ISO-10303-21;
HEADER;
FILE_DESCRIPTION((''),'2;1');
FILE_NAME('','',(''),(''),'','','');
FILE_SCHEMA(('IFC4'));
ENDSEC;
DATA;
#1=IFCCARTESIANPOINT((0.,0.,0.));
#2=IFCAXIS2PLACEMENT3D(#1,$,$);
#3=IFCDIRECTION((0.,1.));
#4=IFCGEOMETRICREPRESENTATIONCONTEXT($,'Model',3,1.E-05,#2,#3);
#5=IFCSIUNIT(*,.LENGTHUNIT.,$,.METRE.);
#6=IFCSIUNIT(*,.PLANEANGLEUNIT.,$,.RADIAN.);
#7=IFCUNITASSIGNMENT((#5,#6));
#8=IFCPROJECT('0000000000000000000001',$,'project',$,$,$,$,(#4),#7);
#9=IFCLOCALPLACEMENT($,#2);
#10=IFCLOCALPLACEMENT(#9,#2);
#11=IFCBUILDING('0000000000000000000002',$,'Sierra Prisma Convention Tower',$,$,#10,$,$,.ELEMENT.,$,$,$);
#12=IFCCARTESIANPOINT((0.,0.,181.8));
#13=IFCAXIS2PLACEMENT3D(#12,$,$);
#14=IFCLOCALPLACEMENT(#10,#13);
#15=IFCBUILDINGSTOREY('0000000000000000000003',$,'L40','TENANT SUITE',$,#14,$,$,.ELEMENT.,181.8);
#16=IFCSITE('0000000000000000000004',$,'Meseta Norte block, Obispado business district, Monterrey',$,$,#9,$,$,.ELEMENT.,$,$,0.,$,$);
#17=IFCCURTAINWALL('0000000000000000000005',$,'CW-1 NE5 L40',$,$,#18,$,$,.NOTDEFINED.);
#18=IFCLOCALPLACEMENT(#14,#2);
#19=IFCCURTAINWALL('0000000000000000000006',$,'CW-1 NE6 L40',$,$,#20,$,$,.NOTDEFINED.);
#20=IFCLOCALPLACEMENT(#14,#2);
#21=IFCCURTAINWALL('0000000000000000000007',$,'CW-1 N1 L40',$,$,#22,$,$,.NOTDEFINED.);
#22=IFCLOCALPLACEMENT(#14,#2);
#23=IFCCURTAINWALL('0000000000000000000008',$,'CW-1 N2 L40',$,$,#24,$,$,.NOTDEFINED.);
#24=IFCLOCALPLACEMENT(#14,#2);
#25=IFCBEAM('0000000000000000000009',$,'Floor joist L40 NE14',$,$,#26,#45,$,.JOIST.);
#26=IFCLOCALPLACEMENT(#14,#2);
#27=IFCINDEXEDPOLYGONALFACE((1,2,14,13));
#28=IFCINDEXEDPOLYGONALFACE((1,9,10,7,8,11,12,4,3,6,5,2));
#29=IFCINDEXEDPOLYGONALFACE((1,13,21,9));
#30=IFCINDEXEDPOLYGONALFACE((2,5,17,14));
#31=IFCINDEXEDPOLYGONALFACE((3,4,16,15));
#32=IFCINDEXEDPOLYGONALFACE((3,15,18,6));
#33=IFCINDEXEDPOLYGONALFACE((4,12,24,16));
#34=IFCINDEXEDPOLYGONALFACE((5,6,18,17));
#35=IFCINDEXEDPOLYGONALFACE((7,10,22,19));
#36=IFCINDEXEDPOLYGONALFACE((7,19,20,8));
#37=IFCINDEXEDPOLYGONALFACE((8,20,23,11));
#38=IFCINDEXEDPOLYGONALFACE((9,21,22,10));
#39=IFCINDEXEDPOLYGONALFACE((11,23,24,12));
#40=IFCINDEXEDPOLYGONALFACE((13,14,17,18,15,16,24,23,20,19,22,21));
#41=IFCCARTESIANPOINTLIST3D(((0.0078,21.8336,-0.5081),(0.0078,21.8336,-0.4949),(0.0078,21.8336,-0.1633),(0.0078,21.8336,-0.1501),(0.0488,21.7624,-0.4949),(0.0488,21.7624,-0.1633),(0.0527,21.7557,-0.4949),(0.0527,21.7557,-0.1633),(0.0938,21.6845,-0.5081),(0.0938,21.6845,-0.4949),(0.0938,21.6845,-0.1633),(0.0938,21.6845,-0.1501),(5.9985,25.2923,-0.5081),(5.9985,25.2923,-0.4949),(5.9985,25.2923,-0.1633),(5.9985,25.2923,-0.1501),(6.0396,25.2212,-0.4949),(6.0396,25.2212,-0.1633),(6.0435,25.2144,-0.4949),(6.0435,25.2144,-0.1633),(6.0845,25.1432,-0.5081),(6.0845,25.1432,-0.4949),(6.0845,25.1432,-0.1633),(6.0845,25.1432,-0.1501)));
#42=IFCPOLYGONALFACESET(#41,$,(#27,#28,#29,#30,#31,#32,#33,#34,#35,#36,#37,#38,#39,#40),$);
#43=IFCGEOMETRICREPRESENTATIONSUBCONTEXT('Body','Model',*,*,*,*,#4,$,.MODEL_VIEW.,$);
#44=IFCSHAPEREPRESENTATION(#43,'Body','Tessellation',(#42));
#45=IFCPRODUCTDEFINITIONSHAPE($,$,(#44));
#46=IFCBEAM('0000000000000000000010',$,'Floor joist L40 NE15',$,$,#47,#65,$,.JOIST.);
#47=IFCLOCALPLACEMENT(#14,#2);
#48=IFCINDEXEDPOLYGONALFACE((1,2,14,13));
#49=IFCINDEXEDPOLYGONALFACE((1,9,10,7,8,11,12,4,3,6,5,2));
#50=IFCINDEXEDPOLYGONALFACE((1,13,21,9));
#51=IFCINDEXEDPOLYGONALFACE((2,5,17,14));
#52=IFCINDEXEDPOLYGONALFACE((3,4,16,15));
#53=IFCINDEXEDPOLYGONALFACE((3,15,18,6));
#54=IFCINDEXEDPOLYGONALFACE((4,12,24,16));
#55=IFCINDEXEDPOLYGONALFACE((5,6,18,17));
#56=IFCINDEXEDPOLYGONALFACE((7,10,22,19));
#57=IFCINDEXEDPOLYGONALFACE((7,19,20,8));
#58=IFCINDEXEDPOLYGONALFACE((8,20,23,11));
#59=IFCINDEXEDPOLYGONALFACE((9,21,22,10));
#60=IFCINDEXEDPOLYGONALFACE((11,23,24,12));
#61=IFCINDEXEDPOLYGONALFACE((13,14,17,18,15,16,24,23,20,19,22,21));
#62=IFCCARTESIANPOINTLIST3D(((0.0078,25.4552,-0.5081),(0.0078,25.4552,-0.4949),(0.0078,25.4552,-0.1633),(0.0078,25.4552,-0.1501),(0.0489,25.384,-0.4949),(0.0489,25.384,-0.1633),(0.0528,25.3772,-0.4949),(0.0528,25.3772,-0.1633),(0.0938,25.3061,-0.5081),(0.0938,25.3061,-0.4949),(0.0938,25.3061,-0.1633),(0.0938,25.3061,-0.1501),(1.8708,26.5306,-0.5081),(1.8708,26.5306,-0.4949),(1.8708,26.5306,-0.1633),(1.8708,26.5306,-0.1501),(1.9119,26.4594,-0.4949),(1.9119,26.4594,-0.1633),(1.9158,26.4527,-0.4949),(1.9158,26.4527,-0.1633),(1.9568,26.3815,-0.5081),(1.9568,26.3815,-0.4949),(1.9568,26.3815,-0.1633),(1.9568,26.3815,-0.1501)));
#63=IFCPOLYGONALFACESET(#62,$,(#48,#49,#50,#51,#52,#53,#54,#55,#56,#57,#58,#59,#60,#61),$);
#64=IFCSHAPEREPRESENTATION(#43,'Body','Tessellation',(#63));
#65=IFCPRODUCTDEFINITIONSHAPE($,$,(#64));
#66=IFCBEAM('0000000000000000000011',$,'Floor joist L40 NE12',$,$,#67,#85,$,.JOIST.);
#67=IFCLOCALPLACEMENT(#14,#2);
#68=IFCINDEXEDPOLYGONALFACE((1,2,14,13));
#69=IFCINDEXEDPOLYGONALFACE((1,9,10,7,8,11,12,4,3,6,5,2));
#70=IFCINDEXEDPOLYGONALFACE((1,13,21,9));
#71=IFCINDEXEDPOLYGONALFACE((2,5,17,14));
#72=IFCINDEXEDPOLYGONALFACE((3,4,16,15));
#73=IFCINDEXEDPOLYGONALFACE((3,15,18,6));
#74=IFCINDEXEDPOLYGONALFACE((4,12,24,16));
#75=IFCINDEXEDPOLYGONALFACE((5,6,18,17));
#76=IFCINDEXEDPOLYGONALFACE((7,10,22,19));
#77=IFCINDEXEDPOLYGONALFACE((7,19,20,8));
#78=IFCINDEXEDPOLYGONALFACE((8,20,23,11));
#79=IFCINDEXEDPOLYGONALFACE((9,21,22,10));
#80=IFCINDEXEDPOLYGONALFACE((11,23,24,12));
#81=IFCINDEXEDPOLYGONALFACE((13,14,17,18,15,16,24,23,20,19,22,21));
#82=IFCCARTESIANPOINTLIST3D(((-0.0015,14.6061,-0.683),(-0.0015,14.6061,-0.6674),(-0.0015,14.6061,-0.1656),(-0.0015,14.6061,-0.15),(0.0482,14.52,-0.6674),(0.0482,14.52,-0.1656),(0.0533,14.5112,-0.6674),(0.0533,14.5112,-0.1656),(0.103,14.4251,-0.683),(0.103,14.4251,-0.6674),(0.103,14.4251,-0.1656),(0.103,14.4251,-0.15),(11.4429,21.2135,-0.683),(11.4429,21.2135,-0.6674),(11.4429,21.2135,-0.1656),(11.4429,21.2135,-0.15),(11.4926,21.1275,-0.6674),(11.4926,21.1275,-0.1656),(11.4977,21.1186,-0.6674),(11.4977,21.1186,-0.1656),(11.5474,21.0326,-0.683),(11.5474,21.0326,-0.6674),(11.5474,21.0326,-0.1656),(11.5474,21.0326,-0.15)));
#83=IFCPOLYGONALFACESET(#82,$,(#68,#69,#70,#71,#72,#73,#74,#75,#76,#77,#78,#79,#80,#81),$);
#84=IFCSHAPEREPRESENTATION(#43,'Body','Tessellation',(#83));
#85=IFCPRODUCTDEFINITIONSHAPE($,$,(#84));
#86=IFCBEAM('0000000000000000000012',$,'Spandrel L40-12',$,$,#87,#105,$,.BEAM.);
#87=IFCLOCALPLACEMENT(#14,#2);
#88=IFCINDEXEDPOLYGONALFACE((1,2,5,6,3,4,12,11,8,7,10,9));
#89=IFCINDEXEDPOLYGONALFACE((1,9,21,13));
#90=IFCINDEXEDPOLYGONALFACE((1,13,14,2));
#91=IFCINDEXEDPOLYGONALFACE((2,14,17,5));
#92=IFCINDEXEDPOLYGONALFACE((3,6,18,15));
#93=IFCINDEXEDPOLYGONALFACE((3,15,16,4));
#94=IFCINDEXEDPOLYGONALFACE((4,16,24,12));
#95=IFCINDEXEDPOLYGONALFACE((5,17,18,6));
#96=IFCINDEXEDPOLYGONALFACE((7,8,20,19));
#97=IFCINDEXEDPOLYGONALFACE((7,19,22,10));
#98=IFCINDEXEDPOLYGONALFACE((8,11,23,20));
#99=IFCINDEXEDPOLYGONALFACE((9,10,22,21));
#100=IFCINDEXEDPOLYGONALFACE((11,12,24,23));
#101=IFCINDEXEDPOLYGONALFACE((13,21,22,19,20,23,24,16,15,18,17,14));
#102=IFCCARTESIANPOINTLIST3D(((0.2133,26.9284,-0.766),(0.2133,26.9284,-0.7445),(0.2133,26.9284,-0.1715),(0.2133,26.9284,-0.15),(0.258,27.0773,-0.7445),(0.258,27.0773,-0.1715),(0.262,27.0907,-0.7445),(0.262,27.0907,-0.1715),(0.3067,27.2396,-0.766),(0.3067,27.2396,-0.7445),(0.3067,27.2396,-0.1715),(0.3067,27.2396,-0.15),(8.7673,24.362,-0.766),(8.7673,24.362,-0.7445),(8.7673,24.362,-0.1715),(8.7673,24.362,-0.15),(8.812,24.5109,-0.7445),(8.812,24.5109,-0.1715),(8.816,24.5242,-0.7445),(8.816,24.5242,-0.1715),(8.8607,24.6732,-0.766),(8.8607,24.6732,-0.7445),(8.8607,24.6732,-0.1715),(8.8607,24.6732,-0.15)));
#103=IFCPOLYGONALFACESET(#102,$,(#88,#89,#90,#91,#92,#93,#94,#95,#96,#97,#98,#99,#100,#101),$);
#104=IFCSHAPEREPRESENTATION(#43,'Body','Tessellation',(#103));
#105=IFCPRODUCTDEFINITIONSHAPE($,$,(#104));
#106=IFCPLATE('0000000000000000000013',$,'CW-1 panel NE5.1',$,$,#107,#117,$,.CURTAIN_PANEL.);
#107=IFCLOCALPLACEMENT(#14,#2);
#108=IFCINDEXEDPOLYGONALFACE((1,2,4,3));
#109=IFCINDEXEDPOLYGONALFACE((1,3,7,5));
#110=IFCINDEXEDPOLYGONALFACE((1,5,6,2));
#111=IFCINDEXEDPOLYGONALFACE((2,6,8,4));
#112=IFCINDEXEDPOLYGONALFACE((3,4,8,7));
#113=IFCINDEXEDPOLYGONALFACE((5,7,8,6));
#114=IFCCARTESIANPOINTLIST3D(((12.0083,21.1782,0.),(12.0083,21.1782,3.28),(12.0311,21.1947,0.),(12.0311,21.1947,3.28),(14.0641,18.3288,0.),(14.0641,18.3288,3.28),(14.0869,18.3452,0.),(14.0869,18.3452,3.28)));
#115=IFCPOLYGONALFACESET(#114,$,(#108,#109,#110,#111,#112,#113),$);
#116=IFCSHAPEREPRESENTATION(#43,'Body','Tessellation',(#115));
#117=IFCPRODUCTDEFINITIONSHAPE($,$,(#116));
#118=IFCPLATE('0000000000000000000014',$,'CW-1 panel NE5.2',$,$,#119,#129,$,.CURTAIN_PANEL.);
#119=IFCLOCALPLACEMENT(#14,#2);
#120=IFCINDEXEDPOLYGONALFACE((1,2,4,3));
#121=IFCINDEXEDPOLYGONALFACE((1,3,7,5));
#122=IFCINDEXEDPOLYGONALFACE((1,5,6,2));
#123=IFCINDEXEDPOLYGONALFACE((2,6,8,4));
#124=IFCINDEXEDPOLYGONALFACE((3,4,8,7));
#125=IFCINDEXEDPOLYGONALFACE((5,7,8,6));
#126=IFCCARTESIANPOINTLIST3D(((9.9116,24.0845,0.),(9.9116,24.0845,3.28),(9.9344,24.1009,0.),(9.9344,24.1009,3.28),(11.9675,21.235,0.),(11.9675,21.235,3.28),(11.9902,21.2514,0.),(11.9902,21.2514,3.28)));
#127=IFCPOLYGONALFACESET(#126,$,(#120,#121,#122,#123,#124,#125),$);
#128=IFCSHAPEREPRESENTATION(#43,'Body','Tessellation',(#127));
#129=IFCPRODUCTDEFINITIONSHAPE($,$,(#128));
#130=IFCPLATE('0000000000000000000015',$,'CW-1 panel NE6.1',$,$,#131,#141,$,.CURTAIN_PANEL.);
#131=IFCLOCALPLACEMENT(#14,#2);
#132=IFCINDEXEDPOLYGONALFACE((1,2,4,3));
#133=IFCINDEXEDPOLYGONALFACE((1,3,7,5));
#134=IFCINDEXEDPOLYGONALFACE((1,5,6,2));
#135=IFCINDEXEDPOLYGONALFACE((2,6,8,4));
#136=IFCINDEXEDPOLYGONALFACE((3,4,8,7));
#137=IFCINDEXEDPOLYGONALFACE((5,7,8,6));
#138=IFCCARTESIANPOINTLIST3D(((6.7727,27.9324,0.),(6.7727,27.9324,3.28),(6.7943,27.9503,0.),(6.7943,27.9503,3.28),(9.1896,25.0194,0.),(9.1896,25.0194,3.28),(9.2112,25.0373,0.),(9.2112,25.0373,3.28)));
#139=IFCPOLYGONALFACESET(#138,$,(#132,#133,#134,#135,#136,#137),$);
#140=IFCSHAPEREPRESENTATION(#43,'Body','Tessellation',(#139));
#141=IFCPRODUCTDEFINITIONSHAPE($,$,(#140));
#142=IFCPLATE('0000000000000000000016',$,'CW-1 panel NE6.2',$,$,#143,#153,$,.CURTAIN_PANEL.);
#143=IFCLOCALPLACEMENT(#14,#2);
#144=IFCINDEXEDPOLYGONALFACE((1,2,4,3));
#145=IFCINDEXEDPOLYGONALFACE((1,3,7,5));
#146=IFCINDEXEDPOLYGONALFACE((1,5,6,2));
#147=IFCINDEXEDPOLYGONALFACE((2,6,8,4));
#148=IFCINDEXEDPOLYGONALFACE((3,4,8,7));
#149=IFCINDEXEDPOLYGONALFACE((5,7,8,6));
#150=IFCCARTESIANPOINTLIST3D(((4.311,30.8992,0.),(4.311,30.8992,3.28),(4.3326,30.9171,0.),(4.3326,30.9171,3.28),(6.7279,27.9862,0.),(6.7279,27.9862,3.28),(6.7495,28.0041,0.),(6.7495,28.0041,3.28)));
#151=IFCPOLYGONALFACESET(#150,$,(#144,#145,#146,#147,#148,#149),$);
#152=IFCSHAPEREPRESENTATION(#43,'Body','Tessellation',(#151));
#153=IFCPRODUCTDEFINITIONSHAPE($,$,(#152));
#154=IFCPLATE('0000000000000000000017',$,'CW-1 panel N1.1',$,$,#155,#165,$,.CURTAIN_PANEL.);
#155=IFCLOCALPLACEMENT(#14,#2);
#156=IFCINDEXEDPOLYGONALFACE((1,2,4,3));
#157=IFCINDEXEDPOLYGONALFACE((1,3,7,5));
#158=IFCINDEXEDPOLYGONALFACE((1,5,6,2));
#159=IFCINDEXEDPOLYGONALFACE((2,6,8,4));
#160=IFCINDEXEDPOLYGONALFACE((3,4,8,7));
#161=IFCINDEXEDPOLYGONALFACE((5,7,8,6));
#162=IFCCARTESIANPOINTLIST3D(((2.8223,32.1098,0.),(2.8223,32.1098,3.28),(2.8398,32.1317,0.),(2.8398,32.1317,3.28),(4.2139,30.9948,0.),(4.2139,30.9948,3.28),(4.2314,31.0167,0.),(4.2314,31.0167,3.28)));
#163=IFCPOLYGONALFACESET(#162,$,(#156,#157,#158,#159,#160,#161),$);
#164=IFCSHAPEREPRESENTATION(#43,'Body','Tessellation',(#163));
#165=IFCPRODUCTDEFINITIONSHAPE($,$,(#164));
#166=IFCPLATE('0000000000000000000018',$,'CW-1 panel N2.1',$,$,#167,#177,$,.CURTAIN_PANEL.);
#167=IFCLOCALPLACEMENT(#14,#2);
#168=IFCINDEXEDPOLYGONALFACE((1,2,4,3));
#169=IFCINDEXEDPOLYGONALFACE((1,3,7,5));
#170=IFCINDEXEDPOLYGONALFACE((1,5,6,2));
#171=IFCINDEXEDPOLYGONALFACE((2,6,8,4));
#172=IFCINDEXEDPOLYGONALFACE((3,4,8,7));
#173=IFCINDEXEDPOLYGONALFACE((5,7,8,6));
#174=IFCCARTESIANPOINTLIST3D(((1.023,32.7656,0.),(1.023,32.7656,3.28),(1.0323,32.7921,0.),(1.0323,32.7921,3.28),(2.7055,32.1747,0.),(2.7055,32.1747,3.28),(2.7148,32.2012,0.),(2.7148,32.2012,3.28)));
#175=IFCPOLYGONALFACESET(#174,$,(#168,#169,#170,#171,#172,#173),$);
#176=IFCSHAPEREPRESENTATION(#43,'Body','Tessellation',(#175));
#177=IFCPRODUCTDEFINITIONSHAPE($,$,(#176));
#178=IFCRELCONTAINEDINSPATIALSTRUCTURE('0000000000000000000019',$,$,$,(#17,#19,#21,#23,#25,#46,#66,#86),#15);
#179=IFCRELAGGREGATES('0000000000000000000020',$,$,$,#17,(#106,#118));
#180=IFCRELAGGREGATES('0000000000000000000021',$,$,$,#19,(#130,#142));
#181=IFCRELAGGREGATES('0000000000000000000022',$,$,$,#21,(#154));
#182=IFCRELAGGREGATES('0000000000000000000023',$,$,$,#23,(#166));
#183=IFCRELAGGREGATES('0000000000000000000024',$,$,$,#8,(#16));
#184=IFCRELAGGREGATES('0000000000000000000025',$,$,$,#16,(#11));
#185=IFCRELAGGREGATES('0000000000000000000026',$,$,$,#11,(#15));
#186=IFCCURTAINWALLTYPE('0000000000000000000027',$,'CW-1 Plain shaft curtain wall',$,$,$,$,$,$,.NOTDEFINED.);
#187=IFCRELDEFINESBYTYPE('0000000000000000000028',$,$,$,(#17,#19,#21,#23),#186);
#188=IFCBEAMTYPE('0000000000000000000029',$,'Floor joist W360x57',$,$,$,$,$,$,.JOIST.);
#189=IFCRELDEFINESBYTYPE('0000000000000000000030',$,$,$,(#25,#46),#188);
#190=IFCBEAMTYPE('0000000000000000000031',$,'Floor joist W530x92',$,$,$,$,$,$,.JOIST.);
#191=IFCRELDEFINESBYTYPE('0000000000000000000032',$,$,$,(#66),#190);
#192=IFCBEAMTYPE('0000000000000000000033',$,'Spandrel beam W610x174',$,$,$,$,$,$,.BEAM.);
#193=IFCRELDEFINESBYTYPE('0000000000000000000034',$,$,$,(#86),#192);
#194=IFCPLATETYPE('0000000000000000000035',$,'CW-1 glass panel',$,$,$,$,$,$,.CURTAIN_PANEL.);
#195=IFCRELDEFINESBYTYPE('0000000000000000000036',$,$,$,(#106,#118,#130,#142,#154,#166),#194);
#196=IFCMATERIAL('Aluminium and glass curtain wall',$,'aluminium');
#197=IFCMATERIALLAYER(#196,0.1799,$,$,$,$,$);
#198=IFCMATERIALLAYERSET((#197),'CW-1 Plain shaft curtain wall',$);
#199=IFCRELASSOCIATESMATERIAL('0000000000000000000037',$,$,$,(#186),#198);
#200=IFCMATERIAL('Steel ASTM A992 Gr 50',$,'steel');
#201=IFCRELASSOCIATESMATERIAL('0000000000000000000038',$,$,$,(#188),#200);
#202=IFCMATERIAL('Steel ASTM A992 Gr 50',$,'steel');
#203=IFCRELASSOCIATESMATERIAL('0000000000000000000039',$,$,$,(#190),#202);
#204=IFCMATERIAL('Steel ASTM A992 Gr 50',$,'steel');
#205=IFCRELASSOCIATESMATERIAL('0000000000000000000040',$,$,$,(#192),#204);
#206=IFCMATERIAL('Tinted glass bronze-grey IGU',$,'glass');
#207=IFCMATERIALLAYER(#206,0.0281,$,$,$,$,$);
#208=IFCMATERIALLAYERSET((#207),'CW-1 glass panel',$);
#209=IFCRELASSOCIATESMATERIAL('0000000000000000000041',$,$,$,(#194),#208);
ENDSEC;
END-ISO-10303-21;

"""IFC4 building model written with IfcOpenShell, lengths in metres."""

from ifc_helpers import new_model, si_unit, direction, frame, origin, origin_2d, place, context, subcontext, project, spatial, rectangle, i_section, extrude, material, layer, layer_set, material_profile, profile_set, type_object, element, aggregate, save


model = new_model("IFC4")

# Units and contexts
model_context = context("Model", 3, precision=1e-05, world=origin(), true_north=direction((0.0, 1.0)))
body_context = subcontext(model_context, "Body", "Model", "MODEL_VIEW")
ifc_project = project(units=[si_unit("LENGTHUNIT", "METRE"), si_unit("PLANEANGLEUNIT", "RADIAN")], contexts=[model_context])

# Site, building, storey
site_placement = place(None, origin())
site = spatial("IfcSite", under=ifc_project, at=site_placement, Name="Meseta Norte block, Obispado business district, Monterrey", CompositionType="ELEMENT", RefElevation=0.0)
building_placement = place(site_placement, origin())
building = spatial("IfcBuilding", under=site, at=building_placement, Name="Sierra Prisma Convention Tower", CompositionType="ELEMENT")
storey_placement = place(building_placement, frame((0.0, 0.0, 181.8)))
storey = spatial("IfcBuildingStorey", under=building, at=storey_placement, Name="L40", Description="TENANT SUITE", CompositionType="ELEMENT", Elevation=181.8)

# Curtain wall
ifc_material_1 = material(Name="Aluminium and glass curtain wall", Category="aluminium")
ifc_layer_1 = layer(ifc_material_1, 0.1799)
ifc_layer_set_1 = layer_set([ifc_layer_1], Name="CW-1 Plain shaft curtain wall")
curtain_wall_type = type_object("IfcCurtainWallType", Name="CW-1 Plain shaft curtain wall", PredefinedType="NOTDEFINED", material=ifc_layer_set_1)
curtain_wall_1_placement = place(storey_placement, origin())
curtain_wall_1 = element("IfcCurtainWall", 1, at=curtain_wall_1_placement, inside=storey, type_object=curtain_wall_type, Name="CW-1 NE5 L40", PredefinedType="NOTDEFINED")

# Curtain walls
curtain_wall_2_placement = place(storey_placement, origin())
curtain_wall_2 = element("IfcCurtainWall", 2, at=curtain_wall_2_placement, inside=storey, type_object=curtain_wall_type, Name="CW-1 NE6 L40", PredefinedType="NOTDEFINED")
curtain_wall_3_placement = place(storey_placement, origin())
curtain_wall_3 = element("IfcCurtainWall", 3, at=curtain_wall_3_placement, inside=storey, type_object=curtain_wall_type, Name="CW-1 N1 L40", PredefinedType="NOTDEFINED")
curtain_wall_4_placement = place(storey_placement, origin())
curtain_wall_4 = element("IfcCurtainWall", 4, at=curtain_wall_4_placement, inside=storey, type_object=curtain_wall_type, Name="CW-1 N2 L40", PredefinedType="NOTDEFINED")

# Beams
ifc_material_2 = material(Name="Steel ASTM A992 Gr 50", Category="steel")
ifc_material_profile_1 = material_profile(ifc_material_2, i_section(OverallWidth=0.1721, OverallDepth=0.3579, WebThickness=0.0078, FlangeThickness=0.0132, at=origin_2d()), Name="W360x57")
ifc_profile_set_1 = profile_set([ifc_material_profile_1], Name="Steel ASTM A992 Gr 50")
beam_type_1 = type_object("IfcBeamType", Name="Floor joist W360x57", PredefinedType="JOIST", material=ifc_profile_set_1)
beam_1_placement = place(storey_placement, frame((6.0415, 25.2178, -0.3291), z_axis=(-0.866026, -0.499999, 0.0), x_axis=(0.499999, -0.866026, 0.0)))
element("IfcBeam", 5, at=beam_1_placement, inside=storey, type_object=beam_type_1, Name="Floor joist L40 NE14", PredefinedType="JOIST", context=body_context, shape_type="SweptSolid", body=[
    extrude(i_section(OverallWidth=0.1721, OverallDepth=0.3579, WebThickness=0.0078, FlangeThickness=0.0132, at=origin_2d()), origin(), (0.0, 0.0, 1.0), 6.9175),
])
beam_2_placement = place(storey_placement, frame((1.9138, 26.4561, -0.3291), z_axis=(-0.866063, -0.499935, 0.0), x_axis=(0.499935, -0.866063, 0.0)))
element("IfcBeam", 6, at=beam_2_placement, inside=storey, type_object=beam_type_1, Name="Floor joist L40 NE15", PredefinedType="JOIST", context=body_context, shape_type="SweptSolid", body=[
    extrude(i_section(OverallWidth=0.1721, OverallDepth=0.3579, WebThickness=0.0078, FlangeThickness=0.0132, at=origin_2d()), origin(), (0.0, 0.0, 1.0), 2.1511),
])
ifc_material_3 = material(Name="Steel ASTM A992 Gr 50", Category="steel")
ifc_material_profile_2 = material_profile(ifc_material_3, i_section(OverallWidth=0.209, OverallDepth=0.533, WebThickness=0.0103, FlangeThickness=0.0156, at=origin_2d()), Name="W530x92")
ifc_profile_set_2 = profile_set([ifc_material_profile_2], Name="Steel ASTM A992 Gr 50")
beam_type_2 = type_object("IfcBeamType", Name="Floor joist W530x92", PredefinedType="JOIST", material=ifc_profile_set_2)
beam_3_placement = place(storey_placement, frame((11.4951, 21.123, -0.4165), z_axis=(-0.866024, -0.500002, 0.0), x_axis=(0.500002, -0.866024, 0.0)))
element("IfcBeam", 7, at=beam_3_placement, inside=storey, type_object=beam_type_2, Name="Floor joist L40 NE12", PredefinedType="JOIST", context=body_context, shape_type="SweptSolid", body=[
    extrude(i_section(OverallWidth=0.209, OverallDepth=0.533, WebThickness=0.0103, FlangeThickness=0.0156, at=origin_2d()), origin(), (0.0, 0.0, 1.0), 13.2148),
])
ifc_material_4 = material(Name="Steel ASTM A992 Gr 50", Category="steel")
ifc_material_profile_3 = material_profile(ifc_material_4, i_section(OverallWidth=0.325, OverallDepth=0.616, WebThickness=0.0139, FlangeThickness=0.0215, at=origin_2d()), Name="W610x174")
ifc_profile_set_3 = profile_set([ifc_material_profile_3], Name="Steel ASTM A992 Gr 50")
beam_type_3 = type_object("IfcBeamType", Name="Spandrel beam W610x174", PredefinedType="BEAM", material=ifc_profile_set_3)
beam_4_placement = place(storey_placement, frame((8.814, 24.5176, -0.458), z_axis=(-0.95782, 0.28737, 0.0), x_axis=(-0.28737, -0.95782, 0.0)))
element("IfcBeam", 8, at=beam_4_placement, inside=storey, type_object=beam_type_3, Name="Spandrel L40-12", PredefinedType="BEAM", context=body_context, shape_type="SweptSolid", body=[
    extrude(i_section(OverallWidth=0.325, OverallDepth=0.616, WebThickness=0.0139, FlangeThickness=0.0215, at=origin_2d()), origin(), (0.0, 0.0, 1.0), 8.9307),
])

# Plates
ifc_material_5 = material(Name="Tinted glass bronze-grey IGU", Category="glass")
ifc_layer_2 = layer(ifc_material_5, 0.0281)
ifc_layer_set_2 = layer_set([ifc_layer_2], Name="CW-1 glass panel")
plate_type = type_object("IfcPlateType", Name="CW-1 glass panel", PredefinedType="CURTAIN_PANEL", material=ifc_layer_set_2)
plate_1_placement = place(storey_placement, frame((13.0476, 19.7617, 0.0), z_axis=(0.0, 0.0, 1.0), x_axis=(-0.585091, 0.810967, 0.0)))
plate_1 = element("IfcPlate", 9, at=plate_1_placement, type_object=plate_type, Name="CW-1 panel NE5.1", PredefinedType="CURTAIN_PANEL", context=body_context, shape_type="SweptSolid", body=[
    extrude(rectangle(XDim=3.5137, YDim=0.0281, at=origin_2d()), origin(), (0.0, 0.0, 1.0), 3.28),
])
plate_2_placement = place(storey_placement, frame((10.9509, 22.668, 0.0), z_axis=(0.0, 0.0, 1.0), x_axis=(-0.585091, 0.810967, 0.0)))
plate_2 = element("IfcPlate", 10, at=plate_2_placement, type_object=plate_type, Name="CW-1 panel NE5.2", PredefinedType="CURTAIN_PANEL", context=body_context, shape_type="SweptSolid", body=[
    extrude(rectangle(XDim=3.5137, YDim=0.0281, at=origin_2d()), origin(), (0.0, 0.0, 1.0), 3.28),
])
aggregate(curtain_wall_1, [plate_1, plate_2])
plate_3_placement = place(storey_placement, frame((7.9919, 26.4849, 0.0), z_axis=(0.0, 0.0, 1.0), x_axis=(-0.638531, 0.769596, 0.0)))
plate_3 = element("IfcPlate", 11, at=plate_3_placement, type_object=plate_type, Name="CW-1 panel NE6.1", PredefinedType="CURTAIN_PANEL", context=body_context, shape_type="SweptSolid", body=[
    extrude(rectangle(XDim=3.7852, YDim=0.0281, at=origin_2d()), origin(), (0.0, 0.0, 1.0), 3.28),
])
plate_4_placement = place(storey_placement, frame((5.5303, 29.4517, 0.0), z_axis=(0.0, 0.0, 1.0), x_axis=(-0.638531, 0.769596, 0.0)))
plate_4 = element("IfcPlate", 12, at=plate_4_placement, type_object=plate_type, Name="CW-1 panel NE6.2", PredefinedType="CURTAIN_PANEL", context=body_context, shape_type="SweptSolid", body=[
    extrude(rectangle(XDim=3.7852, YDim=0.0281, at=origin_2d()), origin(), (0.0, 0.0, 1.0), 3.28),
])
aggregate(curtain_wall_2, [plate_3, plate_4])
plate_5_placement = place(storey_placement, frame((3.5269, 31.5632, 0.0), z_axis=(0.0, 0.0, 1.0), x_axis=(-0.780377, 0.625309, 0.0)))
plate_5 = element("IfcPlate", 13, at=plate_5_placement, type_object=plate_type, Name="CW-1 panel N1.1", PredefinedType="CURTAIN_PANEL", context=body_context, shape_type="SweptSolid", body=[
    extrude(rectangle(XDim=1.7832, YDim=0.0281, at=origin_2d()), origin(), (0.0, 0.0, 1.0), 3.28),
])
aggregate(curtain_wall_3, [plate_5])
plate_6_placement = place(storey_placement, frame((1.8689, 32.4834, 0.0), z_axis=(0.0, 0.0, 1.0), x_axis=(-0.943498, 0.331378, 0.0)))
plate_6 = element("IfcPlate", 14, at=plate_6_placement, type_object=plate_type, Name="CW-1 panel N2.1", PredefinedType="CURTAIN_PANEL", context=body_context, shape_type="SweptSolid", body=[
    extrude(rectangle(XDim=1.7832, YDim=0.0281, at=origin_2d()), origin(), (0.0, 0.0, 1.0), 3.28),
])
aggregate(curtain_wall_4, [plate_6])

save(model, "model.ifc")
